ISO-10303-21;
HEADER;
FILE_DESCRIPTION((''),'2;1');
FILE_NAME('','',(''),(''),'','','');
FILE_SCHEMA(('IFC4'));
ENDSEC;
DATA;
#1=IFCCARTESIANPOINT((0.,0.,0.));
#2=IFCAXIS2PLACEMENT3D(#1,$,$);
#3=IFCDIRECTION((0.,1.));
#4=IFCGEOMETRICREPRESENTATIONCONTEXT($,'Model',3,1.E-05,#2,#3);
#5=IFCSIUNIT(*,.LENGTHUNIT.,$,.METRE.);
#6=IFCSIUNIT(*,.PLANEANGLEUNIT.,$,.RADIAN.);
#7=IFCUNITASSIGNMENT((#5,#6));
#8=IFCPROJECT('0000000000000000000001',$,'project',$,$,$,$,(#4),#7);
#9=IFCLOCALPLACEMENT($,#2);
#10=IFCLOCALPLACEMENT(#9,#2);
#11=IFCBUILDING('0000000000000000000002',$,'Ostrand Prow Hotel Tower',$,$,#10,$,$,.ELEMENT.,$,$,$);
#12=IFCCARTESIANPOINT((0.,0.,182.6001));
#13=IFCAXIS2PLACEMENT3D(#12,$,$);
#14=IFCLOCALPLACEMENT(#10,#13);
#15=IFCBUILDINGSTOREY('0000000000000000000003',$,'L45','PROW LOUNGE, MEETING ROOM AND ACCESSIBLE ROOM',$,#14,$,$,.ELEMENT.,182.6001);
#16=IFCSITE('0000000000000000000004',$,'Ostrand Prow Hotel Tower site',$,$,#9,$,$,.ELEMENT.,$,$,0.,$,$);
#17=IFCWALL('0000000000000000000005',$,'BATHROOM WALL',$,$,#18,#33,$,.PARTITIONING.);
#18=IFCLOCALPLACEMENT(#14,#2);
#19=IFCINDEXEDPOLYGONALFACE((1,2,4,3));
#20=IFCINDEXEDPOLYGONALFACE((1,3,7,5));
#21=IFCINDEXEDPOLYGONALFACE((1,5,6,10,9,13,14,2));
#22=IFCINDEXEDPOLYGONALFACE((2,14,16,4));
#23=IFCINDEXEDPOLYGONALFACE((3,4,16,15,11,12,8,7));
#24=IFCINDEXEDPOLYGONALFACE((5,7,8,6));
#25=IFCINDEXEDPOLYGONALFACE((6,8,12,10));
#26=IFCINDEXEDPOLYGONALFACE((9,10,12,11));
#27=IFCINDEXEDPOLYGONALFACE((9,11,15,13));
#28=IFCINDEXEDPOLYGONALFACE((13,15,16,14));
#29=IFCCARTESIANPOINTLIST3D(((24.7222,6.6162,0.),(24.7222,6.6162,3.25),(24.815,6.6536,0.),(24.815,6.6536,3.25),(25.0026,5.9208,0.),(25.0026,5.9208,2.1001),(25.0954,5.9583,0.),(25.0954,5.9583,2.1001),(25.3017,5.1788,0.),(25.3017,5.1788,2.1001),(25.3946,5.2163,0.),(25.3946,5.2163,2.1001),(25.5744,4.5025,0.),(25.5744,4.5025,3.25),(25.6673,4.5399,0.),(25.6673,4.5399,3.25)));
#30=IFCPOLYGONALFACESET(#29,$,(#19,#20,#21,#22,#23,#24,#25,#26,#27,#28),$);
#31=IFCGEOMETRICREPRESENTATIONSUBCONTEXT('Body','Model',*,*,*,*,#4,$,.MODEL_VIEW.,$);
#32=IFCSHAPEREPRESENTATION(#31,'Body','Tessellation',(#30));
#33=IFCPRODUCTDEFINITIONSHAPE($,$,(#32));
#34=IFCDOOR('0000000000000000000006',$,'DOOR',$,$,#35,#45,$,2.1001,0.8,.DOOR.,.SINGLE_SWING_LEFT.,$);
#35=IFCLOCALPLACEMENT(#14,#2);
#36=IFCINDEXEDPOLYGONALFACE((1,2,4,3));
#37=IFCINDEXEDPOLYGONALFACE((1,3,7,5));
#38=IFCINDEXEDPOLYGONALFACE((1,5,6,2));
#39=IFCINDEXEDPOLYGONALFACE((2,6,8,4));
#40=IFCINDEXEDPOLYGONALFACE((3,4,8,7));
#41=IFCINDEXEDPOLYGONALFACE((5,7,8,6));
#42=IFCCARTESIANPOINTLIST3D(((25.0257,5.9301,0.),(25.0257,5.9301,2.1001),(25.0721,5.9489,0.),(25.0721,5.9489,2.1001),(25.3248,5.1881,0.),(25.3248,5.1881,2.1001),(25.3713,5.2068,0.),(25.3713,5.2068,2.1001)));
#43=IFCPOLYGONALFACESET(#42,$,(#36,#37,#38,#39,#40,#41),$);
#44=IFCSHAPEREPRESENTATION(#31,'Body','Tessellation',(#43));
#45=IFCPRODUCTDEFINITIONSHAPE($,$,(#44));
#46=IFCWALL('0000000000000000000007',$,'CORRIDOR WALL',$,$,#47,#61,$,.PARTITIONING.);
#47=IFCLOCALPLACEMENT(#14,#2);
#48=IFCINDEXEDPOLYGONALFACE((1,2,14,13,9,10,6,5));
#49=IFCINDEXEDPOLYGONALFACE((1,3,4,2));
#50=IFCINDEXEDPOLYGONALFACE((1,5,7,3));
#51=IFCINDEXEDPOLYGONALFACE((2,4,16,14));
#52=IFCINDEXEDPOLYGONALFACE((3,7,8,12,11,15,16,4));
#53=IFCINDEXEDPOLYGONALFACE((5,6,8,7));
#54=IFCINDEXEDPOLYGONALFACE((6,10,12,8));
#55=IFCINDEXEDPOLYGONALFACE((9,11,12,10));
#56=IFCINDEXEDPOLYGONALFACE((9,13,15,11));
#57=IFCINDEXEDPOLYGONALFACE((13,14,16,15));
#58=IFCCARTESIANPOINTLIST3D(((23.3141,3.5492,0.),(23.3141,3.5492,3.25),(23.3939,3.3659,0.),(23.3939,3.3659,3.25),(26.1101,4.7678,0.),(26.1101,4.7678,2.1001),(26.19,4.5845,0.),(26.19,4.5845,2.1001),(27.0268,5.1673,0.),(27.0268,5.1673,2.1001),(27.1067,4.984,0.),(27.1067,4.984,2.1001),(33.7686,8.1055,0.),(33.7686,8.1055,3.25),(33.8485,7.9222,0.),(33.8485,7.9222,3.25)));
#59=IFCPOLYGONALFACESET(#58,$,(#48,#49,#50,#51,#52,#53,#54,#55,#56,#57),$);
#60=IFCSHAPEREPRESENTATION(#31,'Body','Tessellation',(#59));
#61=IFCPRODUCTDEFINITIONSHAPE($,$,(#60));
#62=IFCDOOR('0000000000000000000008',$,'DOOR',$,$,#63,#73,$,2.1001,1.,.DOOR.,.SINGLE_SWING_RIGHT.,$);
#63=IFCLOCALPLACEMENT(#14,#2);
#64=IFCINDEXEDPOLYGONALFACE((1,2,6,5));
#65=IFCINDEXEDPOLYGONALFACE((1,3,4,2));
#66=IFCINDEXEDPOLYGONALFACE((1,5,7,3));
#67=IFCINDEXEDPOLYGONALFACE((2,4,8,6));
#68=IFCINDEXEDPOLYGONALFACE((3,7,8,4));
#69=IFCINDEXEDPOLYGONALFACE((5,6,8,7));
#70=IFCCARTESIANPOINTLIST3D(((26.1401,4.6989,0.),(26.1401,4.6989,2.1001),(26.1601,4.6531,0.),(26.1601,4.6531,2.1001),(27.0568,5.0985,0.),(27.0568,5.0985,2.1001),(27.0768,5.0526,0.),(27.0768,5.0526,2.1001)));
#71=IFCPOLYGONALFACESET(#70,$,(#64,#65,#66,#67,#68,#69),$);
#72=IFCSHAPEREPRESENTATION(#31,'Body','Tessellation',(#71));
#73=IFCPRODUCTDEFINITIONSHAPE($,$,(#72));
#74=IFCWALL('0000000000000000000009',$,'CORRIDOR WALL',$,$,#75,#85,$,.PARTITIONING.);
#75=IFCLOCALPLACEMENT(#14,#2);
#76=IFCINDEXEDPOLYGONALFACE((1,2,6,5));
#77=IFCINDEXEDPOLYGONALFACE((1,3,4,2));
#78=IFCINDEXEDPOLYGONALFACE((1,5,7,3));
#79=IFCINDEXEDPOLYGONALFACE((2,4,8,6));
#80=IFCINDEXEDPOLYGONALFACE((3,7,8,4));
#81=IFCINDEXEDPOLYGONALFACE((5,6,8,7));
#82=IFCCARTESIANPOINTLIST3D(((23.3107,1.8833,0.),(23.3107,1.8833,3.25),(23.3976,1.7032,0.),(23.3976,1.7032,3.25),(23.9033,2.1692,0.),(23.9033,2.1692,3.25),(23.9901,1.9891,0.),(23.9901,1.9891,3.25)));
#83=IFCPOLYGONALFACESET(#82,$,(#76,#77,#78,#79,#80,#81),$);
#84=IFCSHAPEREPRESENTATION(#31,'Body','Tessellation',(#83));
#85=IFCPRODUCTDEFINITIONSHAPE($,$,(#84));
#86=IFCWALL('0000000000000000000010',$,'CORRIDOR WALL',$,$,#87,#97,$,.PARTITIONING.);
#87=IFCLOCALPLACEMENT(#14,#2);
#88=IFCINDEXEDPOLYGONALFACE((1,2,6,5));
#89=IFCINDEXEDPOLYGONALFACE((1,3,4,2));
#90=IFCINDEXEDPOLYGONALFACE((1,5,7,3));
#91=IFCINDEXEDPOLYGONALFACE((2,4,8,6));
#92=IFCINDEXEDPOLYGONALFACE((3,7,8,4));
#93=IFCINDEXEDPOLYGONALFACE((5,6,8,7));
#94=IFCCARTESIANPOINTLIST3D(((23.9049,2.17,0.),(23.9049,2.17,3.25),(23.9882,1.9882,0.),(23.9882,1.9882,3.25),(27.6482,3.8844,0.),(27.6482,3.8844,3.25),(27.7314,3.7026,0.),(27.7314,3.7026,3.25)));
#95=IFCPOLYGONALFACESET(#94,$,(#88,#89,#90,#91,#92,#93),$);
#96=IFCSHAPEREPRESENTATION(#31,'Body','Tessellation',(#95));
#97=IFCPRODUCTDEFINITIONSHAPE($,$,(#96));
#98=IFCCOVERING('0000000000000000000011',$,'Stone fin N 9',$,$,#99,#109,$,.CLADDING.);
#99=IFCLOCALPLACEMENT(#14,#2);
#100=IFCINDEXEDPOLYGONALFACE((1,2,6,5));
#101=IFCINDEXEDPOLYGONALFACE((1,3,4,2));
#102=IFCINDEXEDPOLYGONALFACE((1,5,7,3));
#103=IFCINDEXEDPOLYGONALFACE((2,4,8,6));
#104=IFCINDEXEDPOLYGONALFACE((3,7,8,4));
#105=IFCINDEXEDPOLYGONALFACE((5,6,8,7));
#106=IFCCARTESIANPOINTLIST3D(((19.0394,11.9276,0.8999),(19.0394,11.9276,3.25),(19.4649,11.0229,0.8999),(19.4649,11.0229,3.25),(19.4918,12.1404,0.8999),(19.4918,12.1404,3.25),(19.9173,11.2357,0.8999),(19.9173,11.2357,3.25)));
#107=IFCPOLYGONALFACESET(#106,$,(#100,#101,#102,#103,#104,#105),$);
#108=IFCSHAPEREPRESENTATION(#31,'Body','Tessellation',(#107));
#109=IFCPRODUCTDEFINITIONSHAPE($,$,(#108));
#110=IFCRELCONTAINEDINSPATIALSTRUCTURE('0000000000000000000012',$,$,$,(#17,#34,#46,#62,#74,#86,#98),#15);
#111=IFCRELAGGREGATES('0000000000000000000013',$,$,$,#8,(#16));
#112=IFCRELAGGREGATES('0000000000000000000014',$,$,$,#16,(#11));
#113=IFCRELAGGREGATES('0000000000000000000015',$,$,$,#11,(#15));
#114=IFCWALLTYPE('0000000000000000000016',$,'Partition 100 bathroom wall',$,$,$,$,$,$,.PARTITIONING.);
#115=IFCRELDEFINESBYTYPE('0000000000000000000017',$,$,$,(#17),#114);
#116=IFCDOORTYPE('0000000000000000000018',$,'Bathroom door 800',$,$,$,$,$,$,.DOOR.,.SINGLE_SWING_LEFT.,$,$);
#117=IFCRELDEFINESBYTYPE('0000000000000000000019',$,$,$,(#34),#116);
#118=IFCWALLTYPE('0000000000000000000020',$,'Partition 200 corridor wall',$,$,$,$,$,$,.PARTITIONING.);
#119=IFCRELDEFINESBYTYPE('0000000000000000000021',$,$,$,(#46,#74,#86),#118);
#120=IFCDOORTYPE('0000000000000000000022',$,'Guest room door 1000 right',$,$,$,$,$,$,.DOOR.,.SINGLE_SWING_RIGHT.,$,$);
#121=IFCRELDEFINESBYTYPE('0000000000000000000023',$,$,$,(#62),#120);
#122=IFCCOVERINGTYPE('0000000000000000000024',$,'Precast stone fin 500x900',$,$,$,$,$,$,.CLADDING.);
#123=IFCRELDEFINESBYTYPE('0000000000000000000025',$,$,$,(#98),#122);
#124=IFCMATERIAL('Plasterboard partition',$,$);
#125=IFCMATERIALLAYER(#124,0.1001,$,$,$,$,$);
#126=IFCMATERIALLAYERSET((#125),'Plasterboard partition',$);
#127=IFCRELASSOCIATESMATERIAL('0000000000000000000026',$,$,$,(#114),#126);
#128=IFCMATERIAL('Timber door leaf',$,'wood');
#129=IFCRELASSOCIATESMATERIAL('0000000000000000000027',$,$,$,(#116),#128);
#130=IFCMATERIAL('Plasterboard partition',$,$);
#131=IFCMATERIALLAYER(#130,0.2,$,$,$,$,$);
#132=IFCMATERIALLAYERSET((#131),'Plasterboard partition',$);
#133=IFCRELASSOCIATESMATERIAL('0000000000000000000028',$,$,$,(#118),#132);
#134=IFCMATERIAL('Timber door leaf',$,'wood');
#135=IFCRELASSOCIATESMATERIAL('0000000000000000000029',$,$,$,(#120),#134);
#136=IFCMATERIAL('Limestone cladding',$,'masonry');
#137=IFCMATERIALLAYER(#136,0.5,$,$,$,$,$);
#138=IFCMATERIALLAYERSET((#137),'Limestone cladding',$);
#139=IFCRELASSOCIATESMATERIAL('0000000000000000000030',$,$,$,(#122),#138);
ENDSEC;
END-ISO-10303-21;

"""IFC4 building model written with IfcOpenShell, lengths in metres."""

from ifc_helpers import new_model, si_unit, direction, frame, frame_2d, origin, place, context, subcontext, project, spatial, rectangle, extrude, material, layer, layer_set, type_object, element, fill, save


model = new_model("IFC4")

# Units and contexts
model_context = context("Model", 3, precision=1e-05, world=origin(), true_north=direction((0.0, 1.0)))
body_context = subcontext(model_context, "Body", "Model", "MODEL_VIEW")
ifc_project = project(units=[si_unit("LENGTHUNIT", "METRE"), si_unit("PLANEANGLEUNIT", "RADIAN")], contexts=[model_context])

# Site, building, storey
site_placement = place(None, origin())
site = spatial("IfcSite", under=ifc_project, at=site_placement, Name="Ostrand Prow Hotel Tower site", CompositionType="ELEMENT", RefElevation=0.0)
building_placement = place(site_placement, origin())
building = spatial("IfcBuilding", under=site, at=building_placement, Name="Ostrand Prow Hotel Tower", CompositionType="ELEMENT")
storey_placement = place(building_placement, frame((0.0, 0.0, 182.6001)))
storey = spatial("IfcBuildingStorey", under=building, at=storey_placement, Name="L45", Description="PROW LOUNGE, MEETING ROOM AND ACCESSIBLE ROOM", CompositionType="ELEMENT", Elevation=182.6001)

# Shared definitions
ifc_material_1 = material(Name="Plasterboard partition")
ifc_layer_1 = layer(ifc_material_1, 0.1001)
ifc_layer_set_1 = layer_set([ifc_layer_1], Name="Plasterboard partition")
wall_type_1 = type_object("IfcWallType", Name="Partition 100 bathroom wall", PredefinedType="PARTITIONING", material=ifc_layer_set_1)

# Walls, openings, doors
wall_1_placement = place(storey_placement, frame((24.7686, 6.635, 0.0), z_axis=(0.0, 0.0, 1.0), x_axis=(0.373956, -0.927446, 0.0)))
wall_1 = element("IfcWall", 1, at=wall_1_placement, inside=storey, type_object=wall_type_1, Name="BATHROOM WALL", PredefinedType="PARTITIONING", context=body_context, shape_type="SweptSolid", body=[
    extrude(rectangle(XDim=2.2791, YDim=0.1001, at=frame_2d((1.1396, 0.0))), origin(), (0.0, 0.0, 1.0), 3.25),
])
opening_1_placement = place(wall_1_placement, frame((0.75, 0.0, 0.0)))
opening_1 = element("IfcOpeningElement", 2, at=opening_1_placement, cuts=wall_1, PredefinedType="OPENING", context=body_context, shape_type="SweptSolid", body=[
    extrude(rectangle(XDim=0.8, YDim=2.1001, at=frame_2d((0.3999, 1.05))), frame((0.0, 0.0601, 0.0), z_axis=(0.0, -1.0, 0.0), x_axis=(1.0, 0.0, 0.0)), (0.0, 0.0, 1.0), 0.1201),
])
ifc_material_2 = material(Name="Timber door leaf", Category="wood")
door_type_1 = type_object("IfcDoorType", Name="Bathroom door 800", OperationType="SINGLE_SWING_LEFT", PredefinedType="DOOR", material=ifc_material_2)
door_1_placement = place(opening_1_placement, origin())
door_1 = element("IfcDoor", 3, at=door_1_placement, inside=storey, type_object=door_type_1, Name="DOOR", OperationType="SINGLE_SWING_LEFT", OverallHeight=2.1001, OverallWidth=0.8, PredefinedType="DOOR", context=body_context, shape_type="SweptSolid", body=[
    extrude(rectangle(XDim=0.8, YDim=2.1001, at=frame_2d((0.3999, 1.05))), frame((0.0, 0.0249, 0.0), z_axis=(0.0, -1.0, 0.0), x_axis=(1.0, 0.0, 0.0)), (0.0, 0.0, 1.0), 0.05),
])
fill(opening_1, door_1)
ifc_material_3 = material(Name="Plasterboard partition")
ifc_layer_2 = layer(ifc_material_3, 0.2)
ifc_layer_set_2 = layer_set([ifc_layer_2], Name="Plasterboard partition")
wall_type_2 = type_object("IfcWallType", Name="Partition 200 corridor wall", PredefinedType="PARTITIONING", material=ifc_layer_set_2)
wall_2_placement = place(storey_placement, frame((23.354, 3.4575, 0.0), z_axis=(0.0, 0.0, 1.0), x_axis=(0.916719, 0.399531, 0.0)))
wall_2 = element("IfcWall", 4, at=wall_2_placement, inside=storey, type_object=wall_type_2, Name="CORRIDOR WALL", PredefinedType="PARTITIONING", context=body_context, shape_type="SweptSolid", body=[
    extrude(rectangle(XDim=11.4043, YDim=0.2, at=frame_2d((5.7021, 0.0))), origin(), (0.0, 0.0, 1.0), 3.25),
])
opening_2_placement = place(wall_2_placement, frame((3.05, 0.0, 0.0)))
opening_2 = element("IfcOpeningElement", 5, at=opening_2_placement, cuts=wall_2, PredefinedType="OPENING", context=body_context, shape_type="SweptSolid", body=[
    extrude(rectangle(XDim=1.0, YDim=2.1001, at=frame_2d((0.5, 1.05))), frame((0.0, 0.1099, 0.0), z_axis=(0.0, -1.0, 0.0), x_axis=(1.0, 0.0, 0.0)), (0.0, 0.0, 1.0), 0.22),
])
ifc_material_4 = material(Name="Timber door leaf", Category="wood")
door_type_2 = type_object("IfcDoorType", Name="Guest room door 1000 right", OperationType="SINGLE_SWING_RIGHT", PredefinedType="DOOR", material=ifc_material_4)
door_2_placement = place(opening_2_placement, origin())
door_2 = element("IfcDoor", 6, at=door_2_placement, inside=storey, type_object=door_type_2, Name="DOOR", OperationType="SINGLE_SWING_RIGHT", OverallHeight=2.1001, OverallWidth=1.0, PredefinedType="DOOR", context=body_context, shape_type="SweptSolid", body=[
    extrude(rectangle(XDim=1.0, YDim=2.1001, at=frame_2d((0.5, 1.05))), frame((0.0, 0.0249, 0.0), z_axis=(0.0, -1.0, 0.0), x_axis=(1.0, 0.0, 0.0)), (0.0, 0.0, 1.0), 0.05),
])
fill(opening_2, door_2)

# Walls
wall_3_placement = place(storey_placement, frame((23.354, 1.7932, 0.0), z_axis=(0.0, 0.0, 1.0), x_axis=(0.900647, 0.434552, 0.0)))
element("IfcWall", 7, at=wall_3_placement, inside=storey, type_object=wall_type_2, Name="CORRIDOR WALL", PredefinedType="PARTITIONING", context=body_context, shape_type="SweptSolid", body=[
    extrude(rectangle(XDim=0.658, YDim=0.2, at=frame_2d((0.3291, 0.0))), origin(), (0.0, 0.0, 1.0), 3.25),
])
wall_4_placement = place(storey_placement, frame((23.9465, 2.0791, 0.0), z_axis=(0.0, 0.0, 1.0), x_axis=(0.909181, 0.416402, 0.0)))
element("IfcWall", 8, at=wall_4_placement, inside=storey, type_object=wall_type_2, Name="CORRIDOR WALL", PredefinedType="PARTITIONING", context=body_context, shape_type="SweptSolid", body=[
    extrude(rectangle(XDim=4.1172, YDim=0.2, at=frame_2d((2.0586, 0.0))), origin(), (0.0, 0.0, 1.0), 3.25),
])

# Covering
ifc_material_5 = material(Name="Limestone cladding", Category="masonry")
ifc_layer_3 = layer(ifc_material_5, 0.5)
ifc_layer_set_3 = layer_set([ifc_layer_3], Name="Limestone cladding")
covering_type = type_object("IfcCoveringType", Name="Precast stone fin 500x900", PredefinedType="CLADDING", material=ifc_layer_set_3)
covering_placement = place(storey_placement, frame((19.6912, 11.1292, 0.8999), z_axis=(0.0, 0.0, 1.0), x_axis=(-0.425597, 0.904913, 0.0)))
element("IfcCovering", 9, at=covering_placement, inside=storey, type_object=covering_type, Name="Stone fin N 9", PredefinedType="CLADDING", context=body_context, shape_type="SweptSolid", body=[
    extrude(rectangle(XDim=0.9998, YDim=0.5, at=frame_2d((0.5, 0.0))), origin(), (0.0, 0.0, 1.0), 2.3501),
])

save(model, "model.ifc")
